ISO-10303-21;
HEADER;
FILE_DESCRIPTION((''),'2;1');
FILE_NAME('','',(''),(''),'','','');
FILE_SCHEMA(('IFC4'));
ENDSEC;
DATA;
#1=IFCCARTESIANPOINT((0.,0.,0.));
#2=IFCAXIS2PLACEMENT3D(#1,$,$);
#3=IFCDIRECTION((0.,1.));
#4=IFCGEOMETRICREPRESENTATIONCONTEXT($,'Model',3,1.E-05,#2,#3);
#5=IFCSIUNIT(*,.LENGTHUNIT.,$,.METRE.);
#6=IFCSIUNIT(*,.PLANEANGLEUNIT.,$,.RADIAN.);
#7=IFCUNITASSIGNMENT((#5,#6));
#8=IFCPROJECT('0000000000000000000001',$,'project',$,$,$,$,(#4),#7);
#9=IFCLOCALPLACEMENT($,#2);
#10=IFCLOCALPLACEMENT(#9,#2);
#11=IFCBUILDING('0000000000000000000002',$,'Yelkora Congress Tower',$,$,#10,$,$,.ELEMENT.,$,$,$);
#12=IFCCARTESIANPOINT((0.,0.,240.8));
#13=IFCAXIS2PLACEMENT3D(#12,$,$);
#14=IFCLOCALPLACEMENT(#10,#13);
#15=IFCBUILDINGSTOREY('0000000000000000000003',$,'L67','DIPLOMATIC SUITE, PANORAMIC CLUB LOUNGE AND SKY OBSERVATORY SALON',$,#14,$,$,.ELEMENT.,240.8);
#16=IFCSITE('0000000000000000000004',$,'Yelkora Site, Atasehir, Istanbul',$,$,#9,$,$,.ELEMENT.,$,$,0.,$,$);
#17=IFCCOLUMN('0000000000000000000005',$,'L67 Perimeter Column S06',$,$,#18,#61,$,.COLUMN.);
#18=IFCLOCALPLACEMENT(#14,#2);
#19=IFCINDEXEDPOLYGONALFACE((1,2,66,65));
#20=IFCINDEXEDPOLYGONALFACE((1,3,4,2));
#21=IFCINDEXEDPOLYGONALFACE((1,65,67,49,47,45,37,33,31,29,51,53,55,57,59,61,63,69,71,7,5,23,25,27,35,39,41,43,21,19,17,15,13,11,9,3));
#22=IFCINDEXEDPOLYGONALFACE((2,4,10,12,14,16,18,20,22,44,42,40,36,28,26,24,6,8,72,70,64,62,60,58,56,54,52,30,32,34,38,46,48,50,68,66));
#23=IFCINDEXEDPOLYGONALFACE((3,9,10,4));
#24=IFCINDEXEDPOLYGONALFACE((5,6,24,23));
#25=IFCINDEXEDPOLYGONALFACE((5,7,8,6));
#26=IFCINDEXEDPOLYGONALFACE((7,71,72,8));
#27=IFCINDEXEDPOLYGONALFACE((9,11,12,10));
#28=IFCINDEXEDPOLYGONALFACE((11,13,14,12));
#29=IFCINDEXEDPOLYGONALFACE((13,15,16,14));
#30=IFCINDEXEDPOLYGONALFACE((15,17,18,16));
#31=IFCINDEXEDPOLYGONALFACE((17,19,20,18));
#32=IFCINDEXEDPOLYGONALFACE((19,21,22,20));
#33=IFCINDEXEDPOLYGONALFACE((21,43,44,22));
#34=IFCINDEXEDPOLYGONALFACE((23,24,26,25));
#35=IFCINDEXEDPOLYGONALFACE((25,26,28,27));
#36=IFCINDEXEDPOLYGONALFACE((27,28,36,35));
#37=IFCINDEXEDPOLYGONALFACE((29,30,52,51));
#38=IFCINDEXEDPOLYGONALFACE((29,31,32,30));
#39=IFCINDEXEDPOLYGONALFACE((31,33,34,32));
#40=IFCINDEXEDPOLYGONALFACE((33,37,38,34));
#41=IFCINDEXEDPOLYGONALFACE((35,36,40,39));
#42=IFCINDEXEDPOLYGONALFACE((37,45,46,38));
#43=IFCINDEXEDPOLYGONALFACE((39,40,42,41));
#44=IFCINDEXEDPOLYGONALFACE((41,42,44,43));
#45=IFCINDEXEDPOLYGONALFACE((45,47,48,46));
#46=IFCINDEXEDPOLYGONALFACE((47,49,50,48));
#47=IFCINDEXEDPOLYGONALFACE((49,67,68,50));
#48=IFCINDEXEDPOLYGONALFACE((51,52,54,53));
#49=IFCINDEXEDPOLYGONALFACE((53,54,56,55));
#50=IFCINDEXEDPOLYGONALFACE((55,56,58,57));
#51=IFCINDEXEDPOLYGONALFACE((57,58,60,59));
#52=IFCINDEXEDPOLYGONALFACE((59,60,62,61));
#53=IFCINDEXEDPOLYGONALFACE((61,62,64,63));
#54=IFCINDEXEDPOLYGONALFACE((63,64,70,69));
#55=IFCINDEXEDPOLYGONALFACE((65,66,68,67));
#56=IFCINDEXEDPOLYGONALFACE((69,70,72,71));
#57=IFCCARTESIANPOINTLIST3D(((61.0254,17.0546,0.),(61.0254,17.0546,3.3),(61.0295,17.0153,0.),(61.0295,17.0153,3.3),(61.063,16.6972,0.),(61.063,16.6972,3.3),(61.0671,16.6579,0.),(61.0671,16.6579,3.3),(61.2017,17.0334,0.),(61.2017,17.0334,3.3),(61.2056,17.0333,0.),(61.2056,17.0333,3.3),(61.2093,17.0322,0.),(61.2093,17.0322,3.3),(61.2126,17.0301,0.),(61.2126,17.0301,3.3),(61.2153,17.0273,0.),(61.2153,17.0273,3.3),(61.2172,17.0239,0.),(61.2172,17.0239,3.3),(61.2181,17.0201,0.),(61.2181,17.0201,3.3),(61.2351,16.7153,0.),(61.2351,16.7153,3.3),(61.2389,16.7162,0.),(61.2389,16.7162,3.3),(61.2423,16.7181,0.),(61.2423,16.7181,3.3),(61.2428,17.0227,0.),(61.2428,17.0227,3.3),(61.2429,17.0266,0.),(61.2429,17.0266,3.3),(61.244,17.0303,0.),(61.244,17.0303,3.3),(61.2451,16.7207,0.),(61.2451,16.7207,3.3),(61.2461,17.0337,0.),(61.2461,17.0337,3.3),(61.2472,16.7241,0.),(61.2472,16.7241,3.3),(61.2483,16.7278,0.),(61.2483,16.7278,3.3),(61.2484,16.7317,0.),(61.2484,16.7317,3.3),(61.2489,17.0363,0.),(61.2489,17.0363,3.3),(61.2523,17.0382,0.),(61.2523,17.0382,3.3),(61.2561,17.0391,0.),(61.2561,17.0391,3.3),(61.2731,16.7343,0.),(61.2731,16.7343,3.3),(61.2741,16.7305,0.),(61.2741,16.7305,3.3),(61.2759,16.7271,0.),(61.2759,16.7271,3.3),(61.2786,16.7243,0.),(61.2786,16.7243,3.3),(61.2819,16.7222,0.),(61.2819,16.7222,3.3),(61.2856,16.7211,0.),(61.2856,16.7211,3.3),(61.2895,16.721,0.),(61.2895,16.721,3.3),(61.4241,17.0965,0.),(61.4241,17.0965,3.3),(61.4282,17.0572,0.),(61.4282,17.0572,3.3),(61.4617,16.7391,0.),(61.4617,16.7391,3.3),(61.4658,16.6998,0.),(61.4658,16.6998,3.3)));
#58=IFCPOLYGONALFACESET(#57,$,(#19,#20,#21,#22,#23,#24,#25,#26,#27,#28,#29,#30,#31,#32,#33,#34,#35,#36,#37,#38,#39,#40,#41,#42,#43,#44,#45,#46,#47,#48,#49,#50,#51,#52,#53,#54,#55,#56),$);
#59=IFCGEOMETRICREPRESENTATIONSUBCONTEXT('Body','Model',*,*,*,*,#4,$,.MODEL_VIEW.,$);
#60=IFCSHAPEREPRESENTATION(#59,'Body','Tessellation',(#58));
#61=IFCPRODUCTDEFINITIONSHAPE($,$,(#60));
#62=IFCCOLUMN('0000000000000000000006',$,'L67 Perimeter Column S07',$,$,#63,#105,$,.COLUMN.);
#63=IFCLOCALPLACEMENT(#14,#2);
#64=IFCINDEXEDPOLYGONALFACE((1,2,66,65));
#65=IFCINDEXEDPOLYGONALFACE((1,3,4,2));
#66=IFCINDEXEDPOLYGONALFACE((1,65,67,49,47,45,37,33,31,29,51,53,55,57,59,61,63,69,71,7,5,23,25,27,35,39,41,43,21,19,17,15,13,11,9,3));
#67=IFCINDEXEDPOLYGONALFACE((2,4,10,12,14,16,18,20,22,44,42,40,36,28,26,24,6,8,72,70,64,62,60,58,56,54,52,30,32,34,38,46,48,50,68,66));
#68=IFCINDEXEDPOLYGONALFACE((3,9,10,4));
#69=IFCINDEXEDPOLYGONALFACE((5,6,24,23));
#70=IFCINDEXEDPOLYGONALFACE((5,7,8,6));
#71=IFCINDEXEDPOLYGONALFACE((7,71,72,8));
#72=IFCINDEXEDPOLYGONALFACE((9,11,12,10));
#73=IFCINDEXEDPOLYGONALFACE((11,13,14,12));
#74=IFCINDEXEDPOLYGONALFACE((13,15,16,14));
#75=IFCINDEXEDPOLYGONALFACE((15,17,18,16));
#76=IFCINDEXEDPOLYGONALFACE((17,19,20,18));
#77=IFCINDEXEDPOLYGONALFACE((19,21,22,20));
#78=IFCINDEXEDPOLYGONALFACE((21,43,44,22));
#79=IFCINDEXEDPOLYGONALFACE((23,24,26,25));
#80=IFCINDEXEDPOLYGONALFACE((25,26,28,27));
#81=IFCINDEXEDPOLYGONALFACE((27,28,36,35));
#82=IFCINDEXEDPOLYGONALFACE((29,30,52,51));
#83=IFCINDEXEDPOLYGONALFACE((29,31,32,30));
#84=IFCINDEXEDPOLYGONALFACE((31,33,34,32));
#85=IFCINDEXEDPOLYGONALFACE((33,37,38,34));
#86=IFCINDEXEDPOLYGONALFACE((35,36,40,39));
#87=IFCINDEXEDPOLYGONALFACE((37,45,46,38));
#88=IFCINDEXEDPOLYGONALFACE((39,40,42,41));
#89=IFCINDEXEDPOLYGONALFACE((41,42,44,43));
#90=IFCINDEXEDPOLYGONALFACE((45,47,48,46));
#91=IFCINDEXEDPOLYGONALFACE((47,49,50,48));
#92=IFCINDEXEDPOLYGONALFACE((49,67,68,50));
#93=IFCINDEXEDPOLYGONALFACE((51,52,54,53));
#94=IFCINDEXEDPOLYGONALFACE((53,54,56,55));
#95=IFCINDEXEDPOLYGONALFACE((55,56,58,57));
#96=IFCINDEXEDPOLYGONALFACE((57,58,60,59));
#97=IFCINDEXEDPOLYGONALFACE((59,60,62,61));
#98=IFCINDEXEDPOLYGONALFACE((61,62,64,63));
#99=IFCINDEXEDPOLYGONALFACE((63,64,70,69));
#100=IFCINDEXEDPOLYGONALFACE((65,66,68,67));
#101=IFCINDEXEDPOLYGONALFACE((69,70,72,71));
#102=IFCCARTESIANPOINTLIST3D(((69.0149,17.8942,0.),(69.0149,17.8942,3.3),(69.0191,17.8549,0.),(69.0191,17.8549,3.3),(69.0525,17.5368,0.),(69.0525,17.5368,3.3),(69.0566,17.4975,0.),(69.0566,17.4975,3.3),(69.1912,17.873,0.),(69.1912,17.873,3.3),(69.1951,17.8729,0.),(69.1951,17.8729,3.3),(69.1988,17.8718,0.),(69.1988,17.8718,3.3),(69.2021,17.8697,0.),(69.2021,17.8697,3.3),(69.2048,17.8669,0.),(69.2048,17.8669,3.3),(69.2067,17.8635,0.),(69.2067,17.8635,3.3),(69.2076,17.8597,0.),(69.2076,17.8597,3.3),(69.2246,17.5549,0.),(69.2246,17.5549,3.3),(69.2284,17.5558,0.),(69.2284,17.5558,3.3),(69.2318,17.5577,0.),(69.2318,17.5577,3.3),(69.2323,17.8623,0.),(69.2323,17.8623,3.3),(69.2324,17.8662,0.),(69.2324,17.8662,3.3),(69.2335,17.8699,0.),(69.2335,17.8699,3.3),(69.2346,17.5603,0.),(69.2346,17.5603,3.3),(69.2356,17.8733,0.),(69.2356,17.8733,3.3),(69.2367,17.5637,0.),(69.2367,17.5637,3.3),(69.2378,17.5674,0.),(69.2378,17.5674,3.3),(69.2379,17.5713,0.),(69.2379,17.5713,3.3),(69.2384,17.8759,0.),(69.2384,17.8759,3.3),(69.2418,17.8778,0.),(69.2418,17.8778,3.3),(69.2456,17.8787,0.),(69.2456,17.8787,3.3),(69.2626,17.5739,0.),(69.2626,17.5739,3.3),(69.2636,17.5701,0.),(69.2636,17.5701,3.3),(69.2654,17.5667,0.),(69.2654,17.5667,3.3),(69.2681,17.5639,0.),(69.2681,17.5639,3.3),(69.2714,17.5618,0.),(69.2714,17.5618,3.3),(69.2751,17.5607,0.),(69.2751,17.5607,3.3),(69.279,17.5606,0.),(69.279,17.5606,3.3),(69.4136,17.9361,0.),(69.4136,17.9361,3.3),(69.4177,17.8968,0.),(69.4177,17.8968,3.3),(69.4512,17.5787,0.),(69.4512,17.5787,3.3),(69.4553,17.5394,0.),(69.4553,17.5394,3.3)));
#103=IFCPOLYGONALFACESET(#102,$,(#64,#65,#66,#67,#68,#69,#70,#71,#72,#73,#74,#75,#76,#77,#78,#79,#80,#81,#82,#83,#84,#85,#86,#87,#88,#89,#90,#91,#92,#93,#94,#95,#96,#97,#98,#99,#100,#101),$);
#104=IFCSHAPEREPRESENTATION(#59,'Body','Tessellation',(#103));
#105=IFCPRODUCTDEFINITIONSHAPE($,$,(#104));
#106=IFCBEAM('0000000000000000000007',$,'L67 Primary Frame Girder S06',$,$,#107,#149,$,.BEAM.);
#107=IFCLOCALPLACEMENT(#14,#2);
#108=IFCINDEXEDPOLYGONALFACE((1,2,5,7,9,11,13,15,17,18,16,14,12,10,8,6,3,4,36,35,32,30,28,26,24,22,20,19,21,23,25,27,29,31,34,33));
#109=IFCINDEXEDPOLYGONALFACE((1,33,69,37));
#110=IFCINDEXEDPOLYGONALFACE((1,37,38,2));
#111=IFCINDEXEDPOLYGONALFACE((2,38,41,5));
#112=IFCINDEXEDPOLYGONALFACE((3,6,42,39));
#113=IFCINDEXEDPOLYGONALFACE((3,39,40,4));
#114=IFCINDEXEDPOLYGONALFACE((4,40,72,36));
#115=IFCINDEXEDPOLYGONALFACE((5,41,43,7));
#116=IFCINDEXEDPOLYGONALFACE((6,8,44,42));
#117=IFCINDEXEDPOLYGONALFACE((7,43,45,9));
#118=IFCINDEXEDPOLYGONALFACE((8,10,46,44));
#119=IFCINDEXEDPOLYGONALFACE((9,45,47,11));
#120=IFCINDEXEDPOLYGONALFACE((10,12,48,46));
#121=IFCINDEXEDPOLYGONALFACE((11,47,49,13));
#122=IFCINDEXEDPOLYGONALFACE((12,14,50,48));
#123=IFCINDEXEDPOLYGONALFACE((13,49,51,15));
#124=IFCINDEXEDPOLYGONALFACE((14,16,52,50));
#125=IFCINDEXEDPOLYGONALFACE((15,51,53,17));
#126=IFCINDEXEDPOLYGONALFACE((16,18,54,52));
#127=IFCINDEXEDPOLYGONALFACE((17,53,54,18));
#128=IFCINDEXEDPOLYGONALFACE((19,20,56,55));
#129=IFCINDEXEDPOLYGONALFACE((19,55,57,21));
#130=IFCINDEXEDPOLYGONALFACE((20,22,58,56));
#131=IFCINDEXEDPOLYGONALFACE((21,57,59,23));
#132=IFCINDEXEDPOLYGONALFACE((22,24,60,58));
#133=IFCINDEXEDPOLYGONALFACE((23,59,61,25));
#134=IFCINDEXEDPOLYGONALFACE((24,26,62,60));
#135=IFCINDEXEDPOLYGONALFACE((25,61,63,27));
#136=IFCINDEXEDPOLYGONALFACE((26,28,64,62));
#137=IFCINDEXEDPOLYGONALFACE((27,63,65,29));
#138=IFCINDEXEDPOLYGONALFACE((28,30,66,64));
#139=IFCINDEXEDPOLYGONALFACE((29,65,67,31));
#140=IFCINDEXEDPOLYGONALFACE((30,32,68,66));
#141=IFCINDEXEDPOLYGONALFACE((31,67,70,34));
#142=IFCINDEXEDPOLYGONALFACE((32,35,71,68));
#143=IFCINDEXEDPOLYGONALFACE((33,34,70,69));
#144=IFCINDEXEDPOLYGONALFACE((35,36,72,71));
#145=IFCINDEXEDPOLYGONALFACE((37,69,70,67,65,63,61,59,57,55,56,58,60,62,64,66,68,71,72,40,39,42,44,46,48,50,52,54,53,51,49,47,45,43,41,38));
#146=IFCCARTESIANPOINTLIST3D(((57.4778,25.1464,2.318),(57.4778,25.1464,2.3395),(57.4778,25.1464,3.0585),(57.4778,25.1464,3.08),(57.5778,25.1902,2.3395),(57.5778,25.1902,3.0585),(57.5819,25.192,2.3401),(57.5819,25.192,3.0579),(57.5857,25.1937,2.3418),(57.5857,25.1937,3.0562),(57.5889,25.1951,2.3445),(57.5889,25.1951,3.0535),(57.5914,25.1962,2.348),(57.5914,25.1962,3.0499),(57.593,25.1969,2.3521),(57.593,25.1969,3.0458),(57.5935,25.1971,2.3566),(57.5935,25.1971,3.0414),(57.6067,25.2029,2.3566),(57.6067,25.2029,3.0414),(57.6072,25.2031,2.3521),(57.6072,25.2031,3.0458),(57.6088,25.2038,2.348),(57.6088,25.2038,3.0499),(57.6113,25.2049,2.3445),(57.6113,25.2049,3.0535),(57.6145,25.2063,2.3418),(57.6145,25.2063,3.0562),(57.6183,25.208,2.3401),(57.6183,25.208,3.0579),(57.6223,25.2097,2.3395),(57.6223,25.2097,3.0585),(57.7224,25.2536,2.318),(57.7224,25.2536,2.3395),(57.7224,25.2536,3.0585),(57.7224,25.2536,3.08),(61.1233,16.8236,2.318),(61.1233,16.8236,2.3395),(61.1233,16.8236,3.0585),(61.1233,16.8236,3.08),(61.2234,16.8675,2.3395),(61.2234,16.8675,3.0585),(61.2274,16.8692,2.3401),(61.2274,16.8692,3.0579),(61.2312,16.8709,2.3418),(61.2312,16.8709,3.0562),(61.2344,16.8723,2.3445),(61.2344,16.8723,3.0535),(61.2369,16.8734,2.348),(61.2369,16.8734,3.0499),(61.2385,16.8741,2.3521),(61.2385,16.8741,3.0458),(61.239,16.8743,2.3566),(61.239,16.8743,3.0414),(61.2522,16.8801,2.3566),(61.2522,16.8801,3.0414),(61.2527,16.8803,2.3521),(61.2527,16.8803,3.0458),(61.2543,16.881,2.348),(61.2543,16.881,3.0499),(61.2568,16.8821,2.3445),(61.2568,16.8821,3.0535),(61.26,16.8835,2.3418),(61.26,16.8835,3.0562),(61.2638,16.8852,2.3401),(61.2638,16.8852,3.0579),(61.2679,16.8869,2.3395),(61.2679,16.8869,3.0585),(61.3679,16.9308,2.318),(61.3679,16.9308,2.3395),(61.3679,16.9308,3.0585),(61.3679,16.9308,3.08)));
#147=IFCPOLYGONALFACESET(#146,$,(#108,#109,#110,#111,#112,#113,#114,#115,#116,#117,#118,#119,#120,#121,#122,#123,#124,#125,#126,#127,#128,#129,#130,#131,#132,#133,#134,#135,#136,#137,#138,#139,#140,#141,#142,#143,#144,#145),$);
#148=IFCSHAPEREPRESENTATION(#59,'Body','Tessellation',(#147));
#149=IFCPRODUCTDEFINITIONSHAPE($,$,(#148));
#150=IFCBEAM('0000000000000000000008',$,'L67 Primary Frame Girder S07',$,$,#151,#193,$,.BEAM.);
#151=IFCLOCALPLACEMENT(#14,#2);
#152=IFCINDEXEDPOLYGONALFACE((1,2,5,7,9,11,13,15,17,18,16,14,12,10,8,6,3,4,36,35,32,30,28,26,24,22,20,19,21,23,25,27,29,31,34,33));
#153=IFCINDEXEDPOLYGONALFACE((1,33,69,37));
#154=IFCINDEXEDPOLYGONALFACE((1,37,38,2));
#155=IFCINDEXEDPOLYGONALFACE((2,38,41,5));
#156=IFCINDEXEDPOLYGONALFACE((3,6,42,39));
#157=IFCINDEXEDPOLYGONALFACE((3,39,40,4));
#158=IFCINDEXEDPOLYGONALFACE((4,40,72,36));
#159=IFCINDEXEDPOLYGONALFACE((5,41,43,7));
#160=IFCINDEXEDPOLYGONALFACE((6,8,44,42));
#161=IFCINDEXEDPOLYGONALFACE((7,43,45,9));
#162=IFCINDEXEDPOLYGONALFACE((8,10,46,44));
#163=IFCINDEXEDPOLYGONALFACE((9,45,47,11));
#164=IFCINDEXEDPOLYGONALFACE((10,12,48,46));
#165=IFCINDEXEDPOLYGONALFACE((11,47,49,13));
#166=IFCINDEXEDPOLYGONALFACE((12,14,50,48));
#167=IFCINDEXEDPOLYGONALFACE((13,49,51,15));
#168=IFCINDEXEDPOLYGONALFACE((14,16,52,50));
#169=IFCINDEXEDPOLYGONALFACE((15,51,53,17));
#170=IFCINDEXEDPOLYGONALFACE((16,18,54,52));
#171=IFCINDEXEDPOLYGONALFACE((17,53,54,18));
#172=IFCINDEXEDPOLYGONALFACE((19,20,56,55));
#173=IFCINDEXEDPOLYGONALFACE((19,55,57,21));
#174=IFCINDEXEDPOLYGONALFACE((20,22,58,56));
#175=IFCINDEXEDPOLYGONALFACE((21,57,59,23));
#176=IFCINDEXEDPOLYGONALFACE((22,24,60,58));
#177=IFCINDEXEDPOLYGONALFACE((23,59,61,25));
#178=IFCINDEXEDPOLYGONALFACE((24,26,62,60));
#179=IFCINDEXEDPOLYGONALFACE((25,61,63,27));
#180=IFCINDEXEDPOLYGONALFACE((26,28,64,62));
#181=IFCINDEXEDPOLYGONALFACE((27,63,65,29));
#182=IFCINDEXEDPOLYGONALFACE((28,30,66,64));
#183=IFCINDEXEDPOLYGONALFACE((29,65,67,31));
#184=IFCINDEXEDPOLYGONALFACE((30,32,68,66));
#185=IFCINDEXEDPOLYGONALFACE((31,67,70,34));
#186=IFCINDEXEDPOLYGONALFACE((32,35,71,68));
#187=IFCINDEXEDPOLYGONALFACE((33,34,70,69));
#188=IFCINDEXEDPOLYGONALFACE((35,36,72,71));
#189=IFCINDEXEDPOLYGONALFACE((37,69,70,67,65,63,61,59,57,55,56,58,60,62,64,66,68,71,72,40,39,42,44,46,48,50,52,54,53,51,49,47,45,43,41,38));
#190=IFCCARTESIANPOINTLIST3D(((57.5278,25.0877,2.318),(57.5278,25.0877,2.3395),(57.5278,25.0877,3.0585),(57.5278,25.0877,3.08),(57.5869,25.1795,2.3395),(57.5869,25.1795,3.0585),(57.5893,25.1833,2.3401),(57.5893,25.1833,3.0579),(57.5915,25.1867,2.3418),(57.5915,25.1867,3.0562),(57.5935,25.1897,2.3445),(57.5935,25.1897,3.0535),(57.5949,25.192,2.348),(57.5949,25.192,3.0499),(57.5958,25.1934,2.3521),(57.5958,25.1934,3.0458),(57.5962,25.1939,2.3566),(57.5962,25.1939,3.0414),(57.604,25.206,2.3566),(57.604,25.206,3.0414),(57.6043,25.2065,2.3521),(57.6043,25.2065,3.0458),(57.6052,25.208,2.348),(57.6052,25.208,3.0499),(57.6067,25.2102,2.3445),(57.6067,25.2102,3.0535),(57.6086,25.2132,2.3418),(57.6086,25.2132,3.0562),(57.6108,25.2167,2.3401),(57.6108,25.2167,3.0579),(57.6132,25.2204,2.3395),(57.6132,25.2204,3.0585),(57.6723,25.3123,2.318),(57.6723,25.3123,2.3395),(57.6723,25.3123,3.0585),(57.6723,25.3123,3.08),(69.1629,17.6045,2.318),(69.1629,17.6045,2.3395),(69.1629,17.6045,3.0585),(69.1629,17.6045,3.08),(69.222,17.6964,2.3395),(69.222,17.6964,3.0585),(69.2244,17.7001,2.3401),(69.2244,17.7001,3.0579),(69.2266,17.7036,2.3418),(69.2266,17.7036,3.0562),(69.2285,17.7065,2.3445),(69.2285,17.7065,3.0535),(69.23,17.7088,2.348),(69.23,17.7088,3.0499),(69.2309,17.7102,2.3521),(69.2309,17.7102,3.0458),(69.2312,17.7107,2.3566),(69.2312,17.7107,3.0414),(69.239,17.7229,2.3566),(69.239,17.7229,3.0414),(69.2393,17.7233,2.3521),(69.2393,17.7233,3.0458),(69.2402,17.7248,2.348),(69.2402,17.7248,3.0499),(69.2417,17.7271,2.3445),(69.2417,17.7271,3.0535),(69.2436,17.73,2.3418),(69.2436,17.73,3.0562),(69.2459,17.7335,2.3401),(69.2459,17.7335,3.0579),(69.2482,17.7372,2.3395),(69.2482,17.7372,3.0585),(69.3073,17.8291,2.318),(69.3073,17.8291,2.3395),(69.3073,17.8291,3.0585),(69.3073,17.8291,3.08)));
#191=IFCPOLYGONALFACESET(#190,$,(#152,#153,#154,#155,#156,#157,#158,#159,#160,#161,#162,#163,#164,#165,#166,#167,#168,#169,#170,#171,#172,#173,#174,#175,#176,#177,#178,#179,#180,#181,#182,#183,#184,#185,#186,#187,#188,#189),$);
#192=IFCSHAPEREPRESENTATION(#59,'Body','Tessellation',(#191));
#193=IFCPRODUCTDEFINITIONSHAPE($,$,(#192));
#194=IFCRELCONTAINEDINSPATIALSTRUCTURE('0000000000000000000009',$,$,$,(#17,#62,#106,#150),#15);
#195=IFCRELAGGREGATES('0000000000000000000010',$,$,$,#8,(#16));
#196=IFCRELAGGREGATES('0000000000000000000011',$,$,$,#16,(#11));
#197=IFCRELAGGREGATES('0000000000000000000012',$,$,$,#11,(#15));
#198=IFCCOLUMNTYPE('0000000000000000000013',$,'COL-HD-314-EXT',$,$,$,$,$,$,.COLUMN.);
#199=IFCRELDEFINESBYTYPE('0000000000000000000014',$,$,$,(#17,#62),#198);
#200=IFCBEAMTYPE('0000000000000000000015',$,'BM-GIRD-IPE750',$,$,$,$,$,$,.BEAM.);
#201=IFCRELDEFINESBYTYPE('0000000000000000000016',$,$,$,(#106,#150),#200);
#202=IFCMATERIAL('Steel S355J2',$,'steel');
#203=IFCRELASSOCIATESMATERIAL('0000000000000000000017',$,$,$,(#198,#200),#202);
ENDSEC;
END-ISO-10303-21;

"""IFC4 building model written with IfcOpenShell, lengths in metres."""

from ifc_helpers import new_model, si_unit, direction, frame, origin, origin_2d, place, context, subcontext, project, spatial, i_section, extrude, material, material_profile, profile_set, type_object, element, save


model = new_model("IFC4")

# Units and contexts
model_context = context("Model", 3, precision=1e-05, world=origin(), true_north=direction((0.0, 1.0)))
body_context = subcontext(model_context, "Body", "Model", "MODEL_VIEW")
ifc_project = project(units=[si_unit("LENGTHUNIT", "METRE"), si_unit("PLANEANGLEUNIT", "RADIAN")], contexts=[model_context])

# Site, building, storey
site_placement = place(None, origin())
site = spatial("IfcSite", under=ifc_project, at=site_placement, Name="Yelkora Site, Atasehir, Istanbul", CompositionType="ELEMENT", RefElevation=0.0)
building_placement = place(site_placement, origin())
building = spatial("IfcBuilding", under=site, at=building_placement, Name="Yelkora Congress Tower", CompositionType="ELEMENT")
storey_placement = place(building_placement, frame((0.0, 0.0, 240.8)))
storey = spatial("IfcBuildingStorey", under=building, at=storey_placement, Name="L67", Description="DIPLOMATIC SUITE, PANORAMIC CLUB LOUNGE AND SKY OBSERVATORY SALON", CompositionType="ELEMENT", Elevation=240.8)

# Columns
ifc_material_1 = material(Name="Steel S355J2", Category="steel")
ifc_material_profile_1 = material_profile(ifc_material_1, i_section(OverallWidth=0.4009, OverallDepth=0.3989, WebThickness=0.0249, FlangeThickness=0.0396, FilletRadius=0.0149, at=origin_2d()), Name="HD 400x314")
ifc_profile_set_1 = profile_set([ifc_material_profile_1], Name="Steel S355J2")
column_type = type_object("IfcColumnType", Name="COL-HD-314-EXT", PredefinedType="COLUMN", material=ifc_profile_set_1)
for number, where, z_axis, x_axis, name in (
    (1, (61.2456, 16.8772, 0.0), (0.0, 0.0, 1.0), (0.994522, 0.104528, 0.0), "L67 Perimeter Column S06"),
    (2, (69.2351, 17.7168, 0.0), (0.0, 0.0, 1.0), (0.994522, 0.104528, 0.0), "L67 Perimeter Column S07"),
):
    element("IfcColumn", number, at=place(storey_placement, frame(where, z_axis=z_axis, x_axis=x_axis)), inside=storey, type_object=column_type, Name=name, PredefinedType="COLUMN", context=body_context, shape_type="SweptSolid", body=[
        extrude(i_section(OverallWidth=0.4009, OverallDepth=0.3989, WebThickness=0.0249, FlangeThickness=0.0396, FilletRadius=0.0149, at=origin_2d()), origin(), (0.0, 0.0, 1.0), 3.3),
    ])

# Beams
ifc_material_profile_2 = material_profile(ifc_material_1, i_section(OverallWidth=0.2671, OverallDepth=0.762, WebThickness=0.0144, FlangeThickness=0.0215, FilletRadius=0.0171, at=origin_2d()), Name="IPE 750x173")
ifc_profile_set_2 = profile_set([ifc_material_profile_2], Name="Steel S355J2")
beam_type_1 = type_object("IfcBeamType", Name="BM-GIRD-IPE750", PredefinedType="BEAM", material=ifc_profile_set_2)
beam_1_placement = place(storey_placement, frame((61.2456, 16.8772, 2.699), z_axis=(-0.401216, 0.915983, 0.0), x_axis=(-0.915983, -0.401216, 0.0)))
element("IfcBeam", 3, at=beam_1_placement, inside=storey, type_object=beam_type_1, Name="L67 Primary Frame Girder S06", PredefinedType="BEAM", context=body_context, shape_type="SweptSolid", body=[
    extrude(i_section(OverallWidth=0.2671, OverallDepth=0.762, WebThickness=0.0144, FlangeThickness=0.0215, FilletRadius=0.0171, at=origin_2d()), origin(), (0.0, 0.0, 1.0), 9.0862),
])
beam_2_placement = place(storey_placement, frame((69.2351, 17.7168, 2.699), z_axis=(-0.841063, 0.540937, 0.0), x_axis=(-0.540937, -0.841063, 0.0)))
element("IfcBeam", 4, at=beam_2_placement, inside=storey, type_object=beam_type_1, Name="L67 Primary Frame Girder S07", PredefinedType="BEAM", context=body_context, shape_type="SweptSolid", body=[
    extrude(i_section(OverallWidth=0.2671, OverallDepth=0.762, WebThickness=0.0144, FlangeThickness=0.0215, FilletRadius=0.0171, at=origin_2d()), origin(), (0.0, 0.0, 1.0), 13.8337),
])

save(model, "model.ifc")
